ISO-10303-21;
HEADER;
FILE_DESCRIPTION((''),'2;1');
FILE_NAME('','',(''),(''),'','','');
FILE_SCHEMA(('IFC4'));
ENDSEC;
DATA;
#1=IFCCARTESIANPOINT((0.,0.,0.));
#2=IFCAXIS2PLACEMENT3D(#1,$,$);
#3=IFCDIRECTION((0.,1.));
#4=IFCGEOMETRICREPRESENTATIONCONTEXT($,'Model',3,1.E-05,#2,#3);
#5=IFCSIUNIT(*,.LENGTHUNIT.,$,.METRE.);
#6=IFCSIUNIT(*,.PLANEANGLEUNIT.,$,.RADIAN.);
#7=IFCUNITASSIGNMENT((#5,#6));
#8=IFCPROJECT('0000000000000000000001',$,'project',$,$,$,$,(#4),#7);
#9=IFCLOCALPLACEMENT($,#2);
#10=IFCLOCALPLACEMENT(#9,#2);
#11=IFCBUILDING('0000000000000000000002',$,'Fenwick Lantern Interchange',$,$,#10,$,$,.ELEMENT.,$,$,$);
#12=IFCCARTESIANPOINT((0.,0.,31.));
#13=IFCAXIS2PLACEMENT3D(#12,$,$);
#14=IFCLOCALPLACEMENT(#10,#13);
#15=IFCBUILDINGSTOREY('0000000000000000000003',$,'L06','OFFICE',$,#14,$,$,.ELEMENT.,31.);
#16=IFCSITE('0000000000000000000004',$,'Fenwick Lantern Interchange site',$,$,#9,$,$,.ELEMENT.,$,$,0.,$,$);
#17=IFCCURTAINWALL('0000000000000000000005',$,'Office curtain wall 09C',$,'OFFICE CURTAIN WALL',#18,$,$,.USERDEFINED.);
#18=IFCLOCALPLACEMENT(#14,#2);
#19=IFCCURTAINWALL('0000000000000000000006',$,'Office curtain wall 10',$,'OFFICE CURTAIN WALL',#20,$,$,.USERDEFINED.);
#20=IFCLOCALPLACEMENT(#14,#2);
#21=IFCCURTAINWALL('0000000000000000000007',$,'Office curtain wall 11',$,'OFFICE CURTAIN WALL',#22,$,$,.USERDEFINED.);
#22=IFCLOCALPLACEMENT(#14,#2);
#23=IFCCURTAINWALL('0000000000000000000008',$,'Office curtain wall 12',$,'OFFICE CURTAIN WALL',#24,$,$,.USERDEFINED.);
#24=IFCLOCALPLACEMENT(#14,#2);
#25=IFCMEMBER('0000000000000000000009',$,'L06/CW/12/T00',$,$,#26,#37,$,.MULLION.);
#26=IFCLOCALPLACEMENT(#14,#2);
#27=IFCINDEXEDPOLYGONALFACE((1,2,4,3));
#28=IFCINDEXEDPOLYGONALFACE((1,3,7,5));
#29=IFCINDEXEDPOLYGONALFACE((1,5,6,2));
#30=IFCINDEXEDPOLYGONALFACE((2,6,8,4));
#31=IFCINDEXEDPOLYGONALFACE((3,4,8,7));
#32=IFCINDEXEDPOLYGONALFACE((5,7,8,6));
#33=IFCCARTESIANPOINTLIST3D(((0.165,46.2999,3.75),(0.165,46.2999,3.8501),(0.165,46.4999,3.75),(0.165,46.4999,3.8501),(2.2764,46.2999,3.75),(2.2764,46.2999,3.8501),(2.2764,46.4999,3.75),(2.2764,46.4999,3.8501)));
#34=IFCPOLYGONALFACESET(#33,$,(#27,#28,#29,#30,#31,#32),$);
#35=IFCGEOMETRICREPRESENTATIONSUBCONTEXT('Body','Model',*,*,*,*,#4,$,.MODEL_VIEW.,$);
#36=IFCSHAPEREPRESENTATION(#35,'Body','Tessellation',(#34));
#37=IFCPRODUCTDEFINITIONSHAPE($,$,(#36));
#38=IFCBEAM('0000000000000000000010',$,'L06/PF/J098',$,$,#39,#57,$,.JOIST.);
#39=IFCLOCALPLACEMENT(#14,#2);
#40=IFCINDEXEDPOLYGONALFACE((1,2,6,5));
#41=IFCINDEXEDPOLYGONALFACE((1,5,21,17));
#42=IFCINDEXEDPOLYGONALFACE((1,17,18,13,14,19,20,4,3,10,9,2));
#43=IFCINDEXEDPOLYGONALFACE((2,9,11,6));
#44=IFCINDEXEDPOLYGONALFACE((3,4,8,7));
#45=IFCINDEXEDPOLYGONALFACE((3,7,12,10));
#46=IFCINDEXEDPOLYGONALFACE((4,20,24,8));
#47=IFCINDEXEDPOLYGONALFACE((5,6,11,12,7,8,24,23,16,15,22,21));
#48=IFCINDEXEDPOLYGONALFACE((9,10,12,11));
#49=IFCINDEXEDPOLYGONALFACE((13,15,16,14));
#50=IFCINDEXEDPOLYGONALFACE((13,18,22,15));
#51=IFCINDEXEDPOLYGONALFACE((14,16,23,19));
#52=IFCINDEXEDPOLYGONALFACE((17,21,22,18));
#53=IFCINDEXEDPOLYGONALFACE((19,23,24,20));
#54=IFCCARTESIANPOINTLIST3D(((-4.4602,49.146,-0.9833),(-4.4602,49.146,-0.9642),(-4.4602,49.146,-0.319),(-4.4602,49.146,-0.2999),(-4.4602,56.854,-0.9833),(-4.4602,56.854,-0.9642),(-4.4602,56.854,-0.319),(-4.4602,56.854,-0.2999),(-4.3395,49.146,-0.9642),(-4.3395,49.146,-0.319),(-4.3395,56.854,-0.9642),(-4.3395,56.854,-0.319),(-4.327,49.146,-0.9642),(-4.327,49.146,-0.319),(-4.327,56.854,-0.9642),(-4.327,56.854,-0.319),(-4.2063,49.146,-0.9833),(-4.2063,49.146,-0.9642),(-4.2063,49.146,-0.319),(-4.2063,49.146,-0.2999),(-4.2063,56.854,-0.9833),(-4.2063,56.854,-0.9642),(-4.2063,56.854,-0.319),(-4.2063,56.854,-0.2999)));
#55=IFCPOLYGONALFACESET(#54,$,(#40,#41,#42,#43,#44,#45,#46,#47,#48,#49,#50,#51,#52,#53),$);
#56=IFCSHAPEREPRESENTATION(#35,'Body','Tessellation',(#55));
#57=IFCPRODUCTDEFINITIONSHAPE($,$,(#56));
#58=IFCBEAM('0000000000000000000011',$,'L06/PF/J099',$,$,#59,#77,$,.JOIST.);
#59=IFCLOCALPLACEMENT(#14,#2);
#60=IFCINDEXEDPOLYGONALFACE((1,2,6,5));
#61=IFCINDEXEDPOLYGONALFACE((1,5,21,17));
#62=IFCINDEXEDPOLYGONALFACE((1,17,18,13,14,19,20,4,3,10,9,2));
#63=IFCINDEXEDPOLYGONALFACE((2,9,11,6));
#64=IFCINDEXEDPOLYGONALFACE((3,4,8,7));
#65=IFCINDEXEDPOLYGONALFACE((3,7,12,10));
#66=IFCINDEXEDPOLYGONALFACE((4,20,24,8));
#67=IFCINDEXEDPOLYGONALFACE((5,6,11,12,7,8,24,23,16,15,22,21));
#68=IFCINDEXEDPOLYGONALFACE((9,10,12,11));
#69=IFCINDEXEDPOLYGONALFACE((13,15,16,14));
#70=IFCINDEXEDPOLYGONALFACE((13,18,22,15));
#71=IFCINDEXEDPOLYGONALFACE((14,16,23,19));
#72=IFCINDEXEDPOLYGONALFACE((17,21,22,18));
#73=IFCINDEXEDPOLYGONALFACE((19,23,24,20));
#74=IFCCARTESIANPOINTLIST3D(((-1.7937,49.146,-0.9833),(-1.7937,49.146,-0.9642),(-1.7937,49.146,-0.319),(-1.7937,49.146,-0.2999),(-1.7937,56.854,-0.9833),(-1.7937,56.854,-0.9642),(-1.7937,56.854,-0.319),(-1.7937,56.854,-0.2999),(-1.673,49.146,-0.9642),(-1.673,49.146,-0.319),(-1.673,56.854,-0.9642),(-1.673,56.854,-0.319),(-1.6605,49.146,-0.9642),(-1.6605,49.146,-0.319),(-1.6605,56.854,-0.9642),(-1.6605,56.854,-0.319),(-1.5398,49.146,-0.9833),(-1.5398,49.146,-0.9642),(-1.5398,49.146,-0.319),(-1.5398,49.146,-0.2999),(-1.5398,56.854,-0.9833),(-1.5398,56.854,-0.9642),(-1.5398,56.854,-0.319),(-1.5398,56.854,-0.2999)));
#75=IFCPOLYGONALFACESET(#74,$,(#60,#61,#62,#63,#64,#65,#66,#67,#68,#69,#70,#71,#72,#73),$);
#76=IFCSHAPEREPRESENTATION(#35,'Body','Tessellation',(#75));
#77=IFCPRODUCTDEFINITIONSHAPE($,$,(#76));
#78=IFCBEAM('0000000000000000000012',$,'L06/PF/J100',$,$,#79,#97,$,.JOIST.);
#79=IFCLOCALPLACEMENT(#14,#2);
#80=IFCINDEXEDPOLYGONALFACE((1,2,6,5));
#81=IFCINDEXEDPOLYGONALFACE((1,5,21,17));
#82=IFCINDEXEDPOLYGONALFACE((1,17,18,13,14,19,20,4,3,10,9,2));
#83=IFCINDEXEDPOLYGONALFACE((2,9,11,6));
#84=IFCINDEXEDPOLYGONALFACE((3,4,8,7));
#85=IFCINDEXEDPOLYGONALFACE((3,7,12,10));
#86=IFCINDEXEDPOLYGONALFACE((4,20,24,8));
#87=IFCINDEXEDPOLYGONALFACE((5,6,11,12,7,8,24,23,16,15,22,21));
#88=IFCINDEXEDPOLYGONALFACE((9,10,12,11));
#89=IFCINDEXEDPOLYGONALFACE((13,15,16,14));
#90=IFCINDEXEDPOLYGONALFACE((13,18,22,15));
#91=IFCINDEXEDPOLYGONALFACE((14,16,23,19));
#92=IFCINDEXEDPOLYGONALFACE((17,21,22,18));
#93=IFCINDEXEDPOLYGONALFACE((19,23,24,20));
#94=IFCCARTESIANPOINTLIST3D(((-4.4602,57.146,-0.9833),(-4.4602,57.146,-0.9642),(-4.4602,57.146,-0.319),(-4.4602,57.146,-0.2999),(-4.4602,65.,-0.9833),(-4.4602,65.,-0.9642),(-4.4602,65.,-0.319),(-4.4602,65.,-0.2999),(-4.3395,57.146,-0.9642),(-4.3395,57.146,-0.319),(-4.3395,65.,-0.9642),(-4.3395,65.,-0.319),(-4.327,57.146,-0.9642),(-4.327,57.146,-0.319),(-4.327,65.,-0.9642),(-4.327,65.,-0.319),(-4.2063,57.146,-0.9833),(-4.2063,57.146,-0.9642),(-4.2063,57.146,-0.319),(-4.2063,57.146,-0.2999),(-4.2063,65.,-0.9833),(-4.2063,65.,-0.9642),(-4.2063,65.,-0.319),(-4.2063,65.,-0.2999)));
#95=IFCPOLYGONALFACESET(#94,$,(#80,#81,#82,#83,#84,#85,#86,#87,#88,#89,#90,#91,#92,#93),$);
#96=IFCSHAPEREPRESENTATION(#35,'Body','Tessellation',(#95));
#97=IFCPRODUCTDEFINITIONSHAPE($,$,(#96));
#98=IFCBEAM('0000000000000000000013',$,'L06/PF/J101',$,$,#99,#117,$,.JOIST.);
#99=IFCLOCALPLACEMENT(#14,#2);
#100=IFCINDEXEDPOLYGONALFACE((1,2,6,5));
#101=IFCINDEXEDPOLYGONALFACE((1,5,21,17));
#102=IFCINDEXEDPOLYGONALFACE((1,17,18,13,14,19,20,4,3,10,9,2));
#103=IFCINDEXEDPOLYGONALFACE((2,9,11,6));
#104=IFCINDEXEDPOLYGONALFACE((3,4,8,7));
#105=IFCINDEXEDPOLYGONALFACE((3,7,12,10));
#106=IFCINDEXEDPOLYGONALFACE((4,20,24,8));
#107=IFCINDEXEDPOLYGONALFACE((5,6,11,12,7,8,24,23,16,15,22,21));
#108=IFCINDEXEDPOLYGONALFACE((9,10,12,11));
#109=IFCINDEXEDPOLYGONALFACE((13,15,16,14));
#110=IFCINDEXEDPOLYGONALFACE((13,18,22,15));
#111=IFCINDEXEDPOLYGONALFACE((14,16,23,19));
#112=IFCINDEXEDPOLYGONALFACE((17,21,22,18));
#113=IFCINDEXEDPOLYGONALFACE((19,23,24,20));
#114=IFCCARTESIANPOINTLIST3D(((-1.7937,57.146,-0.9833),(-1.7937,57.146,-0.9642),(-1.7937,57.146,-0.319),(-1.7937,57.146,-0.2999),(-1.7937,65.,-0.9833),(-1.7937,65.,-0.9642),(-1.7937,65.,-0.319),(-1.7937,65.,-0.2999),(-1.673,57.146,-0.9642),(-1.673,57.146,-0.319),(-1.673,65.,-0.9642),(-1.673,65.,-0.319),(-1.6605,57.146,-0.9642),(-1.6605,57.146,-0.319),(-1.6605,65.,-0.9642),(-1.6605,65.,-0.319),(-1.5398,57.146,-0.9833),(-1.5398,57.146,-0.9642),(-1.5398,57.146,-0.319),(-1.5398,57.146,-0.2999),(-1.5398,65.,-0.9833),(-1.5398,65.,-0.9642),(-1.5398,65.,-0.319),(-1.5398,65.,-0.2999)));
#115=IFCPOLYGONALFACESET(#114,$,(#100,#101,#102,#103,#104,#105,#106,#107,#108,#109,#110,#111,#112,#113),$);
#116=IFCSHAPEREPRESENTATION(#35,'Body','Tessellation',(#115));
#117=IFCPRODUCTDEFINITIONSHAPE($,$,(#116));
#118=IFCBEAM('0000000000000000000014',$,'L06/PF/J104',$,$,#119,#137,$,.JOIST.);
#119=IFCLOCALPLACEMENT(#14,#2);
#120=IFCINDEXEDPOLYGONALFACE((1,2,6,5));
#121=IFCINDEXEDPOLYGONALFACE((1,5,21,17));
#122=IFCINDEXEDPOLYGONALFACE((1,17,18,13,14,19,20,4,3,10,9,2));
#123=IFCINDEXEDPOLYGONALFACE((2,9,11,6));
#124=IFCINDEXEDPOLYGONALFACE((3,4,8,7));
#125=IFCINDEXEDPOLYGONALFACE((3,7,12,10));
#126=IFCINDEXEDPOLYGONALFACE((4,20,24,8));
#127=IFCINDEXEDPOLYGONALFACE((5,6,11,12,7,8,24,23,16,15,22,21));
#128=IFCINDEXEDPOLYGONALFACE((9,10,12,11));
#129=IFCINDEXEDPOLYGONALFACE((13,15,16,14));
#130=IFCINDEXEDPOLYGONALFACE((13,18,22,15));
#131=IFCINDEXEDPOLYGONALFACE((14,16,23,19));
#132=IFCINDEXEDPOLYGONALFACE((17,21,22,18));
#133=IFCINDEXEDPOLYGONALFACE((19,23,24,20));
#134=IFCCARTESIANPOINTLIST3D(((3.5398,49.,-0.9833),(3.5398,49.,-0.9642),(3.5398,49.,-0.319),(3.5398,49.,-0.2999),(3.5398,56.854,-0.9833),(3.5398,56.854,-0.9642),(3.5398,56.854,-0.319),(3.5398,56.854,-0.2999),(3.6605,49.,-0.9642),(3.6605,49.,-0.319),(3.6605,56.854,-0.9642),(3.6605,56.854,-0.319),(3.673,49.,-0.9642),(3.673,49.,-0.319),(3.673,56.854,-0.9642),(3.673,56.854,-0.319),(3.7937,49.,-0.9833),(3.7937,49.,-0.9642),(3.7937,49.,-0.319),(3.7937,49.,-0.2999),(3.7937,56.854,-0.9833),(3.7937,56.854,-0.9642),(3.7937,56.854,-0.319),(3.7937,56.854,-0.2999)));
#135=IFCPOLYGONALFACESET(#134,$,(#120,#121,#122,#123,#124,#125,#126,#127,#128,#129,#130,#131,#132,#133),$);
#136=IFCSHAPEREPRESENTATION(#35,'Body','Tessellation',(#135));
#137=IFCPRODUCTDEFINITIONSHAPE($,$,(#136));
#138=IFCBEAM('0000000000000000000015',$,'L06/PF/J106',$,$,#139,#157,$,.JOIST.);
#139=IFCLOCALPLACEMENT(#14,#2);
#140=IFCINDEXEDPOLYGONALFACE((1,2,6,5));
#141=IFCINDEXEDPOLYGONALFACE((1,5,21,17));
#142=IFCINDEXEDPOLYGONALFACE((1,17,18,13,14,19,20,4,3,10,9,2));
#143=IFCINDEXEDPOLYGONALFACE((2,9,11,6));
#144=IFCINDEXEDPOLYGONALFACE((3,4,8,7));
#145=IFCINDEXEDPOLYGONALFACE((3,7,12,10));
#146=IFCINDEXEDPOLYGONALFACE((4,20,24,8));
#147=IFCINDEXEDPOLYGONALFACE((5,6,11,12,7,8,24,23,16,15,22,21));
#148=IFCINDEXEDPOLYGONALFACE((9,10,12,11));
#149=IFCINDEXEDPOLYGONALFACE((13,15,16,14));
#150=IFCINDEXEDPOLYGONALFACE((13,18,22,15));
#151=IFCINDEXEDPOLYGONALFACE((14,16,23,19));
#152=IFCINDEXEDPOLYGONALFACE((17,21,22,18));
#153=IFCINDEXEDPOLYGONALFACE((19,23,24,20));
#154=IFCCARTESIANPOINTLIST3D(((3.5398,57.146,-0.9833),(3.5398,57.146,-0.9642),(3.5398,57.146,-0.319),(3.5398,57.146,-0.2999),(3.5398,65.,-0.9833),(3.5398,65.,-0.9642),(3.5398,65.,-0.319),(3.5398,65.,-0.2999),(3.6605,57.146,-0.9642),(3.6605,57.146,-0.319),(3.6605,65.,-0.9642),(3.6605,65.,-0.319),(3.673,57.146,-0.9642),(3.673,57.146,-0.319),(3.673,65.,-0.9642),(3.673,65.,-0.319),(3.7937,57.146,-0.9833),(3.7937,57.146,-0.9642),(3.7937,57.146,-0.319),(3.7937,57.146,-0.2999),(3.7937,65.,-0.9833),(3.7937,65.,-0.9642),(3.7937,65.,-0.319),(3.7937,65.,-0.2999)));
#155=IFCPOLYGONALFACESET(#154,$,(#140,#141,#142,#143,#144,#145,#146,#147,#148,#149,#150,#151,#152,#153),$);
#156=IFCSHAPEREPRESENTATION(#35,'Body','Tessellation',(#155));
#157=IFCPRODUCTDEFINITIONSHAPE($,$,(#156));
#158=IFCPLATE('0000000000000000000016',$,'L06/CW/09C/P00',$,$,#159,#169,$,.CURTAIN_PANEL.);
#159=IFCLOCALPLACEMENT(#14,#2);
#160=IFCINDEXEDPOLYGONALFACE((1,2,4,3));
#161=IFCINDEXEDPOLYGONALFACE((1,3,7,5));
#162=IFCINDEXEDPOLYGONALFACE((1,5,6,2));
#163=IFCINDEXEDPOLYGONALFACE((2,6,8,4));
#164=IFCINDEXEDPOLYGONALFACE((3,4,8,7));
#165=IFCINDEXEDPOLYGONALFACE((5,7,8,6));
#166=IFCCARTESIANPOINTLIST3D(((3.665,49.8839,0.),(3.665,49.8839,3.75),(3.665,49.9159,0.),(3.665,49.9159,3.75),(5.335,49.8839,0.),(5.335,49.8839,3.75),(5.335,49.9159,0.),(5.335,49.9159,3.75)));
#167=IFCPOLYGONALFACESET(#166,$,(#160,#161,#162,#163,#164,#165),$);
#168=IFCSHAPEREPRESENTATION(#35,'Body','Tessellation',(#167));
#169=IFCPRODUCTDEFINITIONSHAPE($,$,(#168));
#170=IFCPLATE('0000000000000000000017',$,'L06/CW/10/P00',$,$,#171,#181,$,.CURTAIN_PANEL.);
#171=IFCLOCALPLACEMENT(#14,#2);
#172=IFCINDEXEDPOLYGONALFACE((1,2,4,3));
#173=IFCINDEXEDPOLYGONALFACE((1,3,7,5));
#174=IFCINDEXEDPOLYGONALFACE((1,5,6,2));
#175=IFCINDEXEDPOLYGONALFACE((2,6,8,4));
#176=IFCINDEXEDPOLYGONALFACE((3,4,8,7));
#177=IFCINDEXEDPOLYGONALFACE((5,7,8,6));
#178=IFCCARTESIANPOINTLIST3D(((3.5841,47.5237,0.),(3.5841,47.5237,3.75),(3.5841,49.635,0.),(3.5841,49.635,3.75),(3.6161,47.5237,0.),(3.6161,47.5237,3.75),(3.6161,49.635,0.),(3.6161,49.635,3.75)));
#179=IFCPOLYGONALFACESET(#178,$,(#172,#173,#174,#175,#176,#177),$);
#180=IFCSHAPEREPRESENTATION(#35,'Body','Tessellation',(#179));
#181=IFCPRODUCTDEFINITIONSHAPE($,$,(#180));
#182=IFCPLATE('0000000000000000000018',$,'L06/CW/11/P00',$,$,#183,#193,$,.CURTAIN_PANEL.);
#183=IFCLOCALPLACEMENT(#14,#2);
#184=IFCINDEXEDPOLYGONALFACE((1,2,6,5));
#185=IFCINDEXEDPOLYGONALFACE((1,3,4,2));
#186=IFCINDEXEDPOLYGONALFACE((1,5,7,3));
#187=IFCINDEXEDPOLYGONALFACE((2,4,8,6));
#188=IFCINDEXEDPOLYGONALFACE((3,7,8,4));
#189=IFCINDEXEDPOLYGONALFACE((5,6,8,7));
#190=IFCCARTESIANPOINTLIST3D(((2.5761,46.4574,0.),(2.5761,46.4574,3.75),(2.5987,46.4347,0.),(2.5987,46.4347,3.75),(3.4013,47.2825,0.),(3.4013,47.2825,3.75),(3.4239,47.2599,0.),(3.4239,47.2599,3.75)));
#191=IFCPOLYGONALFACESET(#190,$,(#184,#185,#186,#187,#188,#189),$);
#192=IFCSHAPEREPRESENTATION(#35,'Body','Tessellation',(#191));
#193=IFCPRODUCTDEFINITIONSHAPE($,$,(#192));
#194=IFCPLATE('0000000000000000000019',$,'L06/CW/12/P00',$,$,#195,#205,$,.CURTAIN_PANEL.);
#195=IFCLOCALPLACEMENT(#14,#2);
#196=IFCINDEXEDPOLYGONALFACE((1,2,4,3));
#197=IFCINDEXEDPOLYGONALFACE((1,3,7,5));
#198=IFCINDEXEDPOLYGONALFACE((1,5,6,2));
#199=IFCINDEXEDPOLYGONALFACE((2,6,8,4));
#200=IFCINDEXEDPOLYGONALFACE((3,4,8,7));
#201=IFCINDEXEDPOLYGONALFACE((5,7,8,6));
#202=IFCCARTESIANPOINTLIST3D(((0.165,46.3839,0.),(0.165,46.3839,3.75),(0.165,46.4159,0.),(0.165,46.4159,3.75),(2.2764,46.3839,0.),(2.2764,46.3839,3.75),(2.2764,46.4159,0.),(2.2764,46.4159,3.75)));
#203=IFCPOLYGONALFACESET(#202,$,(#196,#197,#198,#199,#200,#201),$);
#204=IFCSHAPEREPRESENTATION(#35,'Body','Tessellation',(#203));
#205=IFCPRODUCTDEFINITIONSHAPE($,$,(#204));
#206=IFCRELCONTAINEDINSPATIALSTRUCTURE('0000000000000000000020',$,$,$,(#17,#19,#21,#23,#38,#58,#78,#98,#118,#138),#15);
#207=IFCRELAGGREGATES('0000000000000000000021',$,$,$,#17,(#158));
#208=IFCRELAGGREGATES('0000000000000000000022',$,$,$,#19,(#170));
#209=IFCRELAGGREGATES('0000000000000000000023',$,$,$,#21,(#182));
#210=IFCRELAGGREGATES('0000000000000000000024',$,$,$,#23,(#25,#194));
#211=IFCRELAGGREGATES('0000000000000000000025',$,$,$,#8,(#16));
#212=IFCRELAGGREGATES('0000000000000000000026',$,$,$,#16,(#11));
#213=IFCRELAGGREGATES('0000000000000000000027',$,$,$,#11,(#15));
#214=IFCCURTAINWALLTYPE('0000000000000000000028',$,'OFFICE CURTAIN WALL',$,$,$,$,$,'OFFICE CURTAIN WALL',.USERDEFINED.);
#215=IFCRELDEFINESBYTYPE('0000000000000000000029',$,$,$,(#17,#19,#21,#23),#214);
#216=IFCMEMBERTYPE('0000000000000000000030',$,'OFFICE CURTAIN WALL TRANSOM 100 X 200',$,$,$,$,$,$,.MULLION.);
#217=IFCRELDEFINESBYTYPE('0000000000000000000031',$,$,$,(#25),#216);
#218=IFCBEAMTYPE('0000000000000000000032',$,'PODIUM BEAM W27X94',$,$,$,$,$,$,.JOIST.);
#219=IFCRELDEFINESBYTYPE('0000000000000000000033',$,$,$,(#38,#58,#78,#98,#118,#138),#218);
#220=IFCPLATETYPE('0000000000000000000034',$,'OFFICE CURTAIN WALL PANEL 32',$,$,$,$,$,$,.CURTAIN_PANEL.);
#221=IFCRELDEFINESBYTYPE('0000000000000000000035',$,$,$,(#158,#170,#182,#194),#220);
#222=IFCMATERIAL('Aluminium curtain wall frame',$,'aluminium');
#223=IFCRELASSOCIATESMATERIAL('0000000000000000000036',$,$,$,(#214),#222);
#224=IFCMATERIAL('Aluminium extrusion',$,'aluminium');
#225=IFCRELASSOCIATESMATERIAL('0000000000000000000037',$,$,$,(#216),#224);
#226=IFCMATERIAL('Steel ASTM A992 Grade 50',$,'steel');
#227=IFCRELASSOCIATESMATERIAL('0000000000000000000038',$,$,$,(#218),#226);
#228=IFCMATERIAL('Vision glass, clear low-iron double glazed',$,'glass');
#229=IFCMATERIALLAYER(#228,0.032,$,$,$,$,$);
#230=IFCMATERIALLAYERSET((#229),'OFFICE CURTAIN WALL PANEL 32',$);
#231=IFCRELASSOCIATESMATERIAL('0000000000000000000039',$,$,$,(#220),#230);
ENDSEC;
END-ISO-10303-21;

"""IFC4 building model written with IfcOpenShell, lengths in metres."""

from ifc_helpers import new_model, si_unit, direction, frame, origin, origin_2d, place, context, subcontext, project, spatial, rectangle, i_section, extrude, material, layer, layer_set, material_profile, profile_set, type_object, element, aggregate, save


model = new_model("IFC4")

# Units and contexts
model_context = context("Model", 3, precision=1e-05, world=origin(), true_north=direction((0.0, 1.0)))
body_context = subcontext(model_context, "Body", "Model", "MODEL_VIEW")
ifc_project = project(units=[si_unit("LENGTHUNIT", "METRE"), si_unit("PLANEANGLEUNIT", "RADIAN")], contexts=[model_context])

# Site, building, storey
site_placement = place(None, origin())
site = spatial("IfcSite", under=ifc_project, at=site_placement, Name="Fenwick Lantern Interchange site", CompositionType="ELEMENT", RefElevation=0.0)
building_placement = place(site_placement, origin())
building = spatial("IfcBuilding", under=site, at=building_placement, Name="Fenwick Lantern Interchange", CompositionType="ELEMENT")
storey_placement = place(building_placement, frame((0.0, 0.0, 31.0)))
storey = spatial("IfcBuildingStorey", under=building, at=storey_placement, Name="L06", Description="OFFICE", CompositionType="ELEMENT", Elevation=31.0)

# Shared definitions
ifc_material_1 = material(Name="Steel ASTM A992 Grade 50", Category="steel")

# Curtain walls
ifc_material_2 = material(Name="Aluminium curtain wall frame", Category="aluminium")
curtain_wall_type = type_object("IfcCurtainWallType", Name="OFFICE CURTAIN WALL", ElementType="OFFICE CURTAIN WALL", PredefinedType="USERDEFINED", material=ifc_material_2)
curtain_wall_1_placement = place(storey_placement, origin())
curtain_wall_1 = element("IfcCurtainWall", 1, at=curtain_wall_1_placement, inside=storey, type_object=curtain_wall_type, Name="Office curtain wall 09C", ObjectType="OFFICE CURTAIN WALL", PredefinedType="USERDEFINED")
ifc_material_3 = material(Name="Aluminium extrusion", Category="aluminium")
curtain_wall_2_placement = place(storey_placement, origin())
curtain_wall_2 = element("IfcCurtainWall", 2, at=curtain_wall_2_placement, inside=storey, type_object=curtain_wall_type, Name="Office curtain wall 10", ObjectType="OFFICE CURTAIN WALL", PredefinedType="USERDEFINED")
curtain_wall_3_placement = place(storey_placement, origin())
curtain_wall_3 = element("IfcCurtainWall", 3, at=curtain_wall_3_placement, inside=storey, type_object=curtain_wall_type, Name="Office curtain wall 11", ObjectType="OFFICE CURTAIN WALL", PredefinedType="USERDEFINED")
curtain_wall_4_placement = place(storey_placement, origin())
curtain_wall_4 = element("IfcCurtainWall", 4, at=curtain_wall_4_placement, inside=storey, type_object=curtain_wall_type, Name="Office curtain wall 12", ObjectType="OFFICE CURTAIN WALL", PredefinedType="USERDEFINED")

# Member
ifc_material_profile_1 = material_profile(ifc_material_3, rectangle(XDim=0.2, YDim=0.1001, at=origin_2d()), Name="OFFICE CURTAIN WALL TRANSOM 100 X 200")
ifc_profile_set_1 = profile_set([ifc_material_profile_1], Name="Aluminium extrusion")
member_type_1 = type_object("IfcMemberType", Name="OFFICE CURTAIN WALL TRANSOM 100 X 200", PredefinedType="MULLION", material=ifc_profile_set_1)
member_1_placement = place(storey_placement, frame((2.2764, 46.3999, 3.8), z_axis=(-1.0, 0.0, 0.0), x_axis=(0.0, -1.0, 0.0)))
member_1 = element("IfcMember", 5, at=member_1_placement, type_object=member_type_1, Name="L06/CW/12/T00", PredefinedType="MULLION", context=body_context, shape_type="SweptSolid", body=[
    extrude(rectangle(XDim=0.2, YDim=0.1001, at=origin_2d()), origin(), (0.0, 0.0, 1.0), 2.1113),
])

# Beams
ifc_material_profile_2 = material_profile(ifc_material_1, i_section(OverallWidth=0.2539, OverallDepth=0.6833, WebThickness=0.0125, FlangeThickness=0.019, at=origin_2d()), Name="W27X94")
ifc_profile_set_2 = profile_set([ifc_material_profile_2], Name="Steel ASTM A992 Grade 50")
beam_type_1 = type_object("IfcBeamType", Name="PODIUM BEAM W27X94", PredefinedType="JOIST", material=ifc_profile_set_2)
for number, where, z_axis, x_axis, name in (
    (6, (-4.3333, 49.146, -0.6416), (0.0, 1.0, 0.0), (-1.0, 0.0, 0.0), "L06/PF/J098"),
    (7, (-1.6667, 49.146, -0.6416), (0.0, 1.0, 0.0), (-1.0, 0.0, 0.0), "L06/PF/J099"),
):
    element("IfcBeam", number, at=place(storey_placement, frame(where, z_axis=z_axis, x_axis=x_axis)), inside=storey, type_object=beam_type_1, Name=name, PredefinedType="JOIST", context=body_context, shape_type="SweptSolid", body=[
        extrude(i_section(OverallWidth=0.2539, OverallDepth=0.6833, WebThickness=0.0125, FlangeThickness=0.019, at=origin_2d()), origin(), (0.0, 0.0, 1.0), 7.708),
    ])
for number, where, z_axis, x_axis, name in (
    (8, (-4.3333, 57.146, -0.6416), (0.0, 1.0, 0.0), (-1.0, 0.0, 0.0), "L06/PF/J100"),
    (9, (-1.6667, 57.146, -0.6416), (0.0, 1.0, 0.0), (-1.0, 0.0, 0.0), "L06/PF/J101"),
    (10, (3.6667, 49.0, -0.6416), (0.0, 1.0, 0.0), (-1.0, 0.0, 0.0), "L06/PF/J104"),
    (11, (3.6667, 57.146, -0.6416), (0.0, 1.0, 0.0), (-1.0, 0.0, 0.0), "L06/PF/J106"),
):
    element("IfcBeam", number, at=place(storey_placement, frame(where, z_axis=z_axis, x_axis=x_axis)), inside=storey, type_object=beam_type_1, Name=name, PredefinedType="JOIST", context=body_context, shape_type="SweptSolid", body=[
        extrude(i_section(OverallWidth=0.2539, OverallDepth=0.6833, WebThickness=0.0125, FlangeThickness=0.019, at=origin_2d()), origin(), (0.0, 0.0, 1.0), 7.854),
    ])

# Plates
ifc_material_4 = material(Name="Vision glass, clear low-iron double glazed", Category="glass")
ifc_layer_1 = layer(ifc_material_4, 0.032)
ifc_layer_set_1 = layer_set([ifc_layer_1], Name="OFFICE CURTAIN WALL PANEL 32")
plate_type = type_object("IfcPlateType", Name="OFFICE CURTAIN WALL PANEL 32", PredefinedType="CURTAIN_PANEL", material=ifc_layer_set_1)
plate_1_placement = place(storey_placement, frame((4.5, 49.8999, 0.0), z_axis=(0.0, 0.0, 1.0), x_axis=(-1.0, 0.0, 0.0)))
plate_1 = element("IfcPlate", 12, at=plate_1_placement, type_object=plate_type, Name="L06/CW/09C/P00", PredefinedType="CURTAIN_PANEL", context=body_context, shape_type="SweptSolid", body=[
    extrude(rectangle(XDim=1.6699, YDim=0.032, at=origin_2d()), origin(), (0.0, 0.0, 1.0), 3.75),
])
aggregate(curtain_wall_1, [plate_1])
plate_2_placement = place(storey_placement, frame((3.6001, 48.5793, 0.0), z_axis=(0.0, 0.0, 1.0), x_axis=(0.0, -1.0, 0.0)))
plate_2 = element("IfcPlate", 13, at=plate_2_placement, type_object=plate_type, Name="L06/CW/10/P00", PredefinedType="CURTAIN_PANEL", context=body_context, shape_type="SweptSolid", body=[
    extrude(rectangle(XDim=2.1113, YDim=0.032, at=origin_2d()), origin(), (0.0, 0.0, 1.0), 3.75),
])
aggregate(curtain_wall_2, [plate_2])
plate_3_placement = place(storey_placement, frame((3.0, 46.8586, 0.0), z_axis=(0.0, 0.0, 1.0), x_axis=(-0.707107, -0.707107, 0.0)))
plate_3 = element("IfcPlate", 14, at=plate_3_placement, type_object=plate_type, Name="L06/CW/11/P00", PredefinedType="CURTAIN_PANEL", context=body_context, shape_type="SweptSolid", body=[
    extrude(rectangle(XDim=1.167, YDim=0.032, at=origin_2d()), origin(), (0.0, 0.0, 1.0), 3.75),
])
aggregate(curtain_wall_3, [plate_3])
plate_4_placement = place(storey_placement, frame((1.2207, 46.3999, 0.0), z_axis=(0.0, 0.0, 1.0), x_axis=(-1.0, 0.0, 0.0)))
plate_4 = element("IfcPlate", 15, at=plate_4_placement, type_object=plate_type, Name="L06/CW/12/P00", PredefinedType="CURTAIN_PANEL", context=body_context, shape_type="SweptSolid", body=[
    extrude(rectangle(XDim=2.1113, YDim=0.032, at=origin_2d()), origin(), (0.0, 0.0, 1.0), 3.75),
])
aggregate(curtain_wall_4, [member_1, plate_4])

save(model, "model.ifc")
